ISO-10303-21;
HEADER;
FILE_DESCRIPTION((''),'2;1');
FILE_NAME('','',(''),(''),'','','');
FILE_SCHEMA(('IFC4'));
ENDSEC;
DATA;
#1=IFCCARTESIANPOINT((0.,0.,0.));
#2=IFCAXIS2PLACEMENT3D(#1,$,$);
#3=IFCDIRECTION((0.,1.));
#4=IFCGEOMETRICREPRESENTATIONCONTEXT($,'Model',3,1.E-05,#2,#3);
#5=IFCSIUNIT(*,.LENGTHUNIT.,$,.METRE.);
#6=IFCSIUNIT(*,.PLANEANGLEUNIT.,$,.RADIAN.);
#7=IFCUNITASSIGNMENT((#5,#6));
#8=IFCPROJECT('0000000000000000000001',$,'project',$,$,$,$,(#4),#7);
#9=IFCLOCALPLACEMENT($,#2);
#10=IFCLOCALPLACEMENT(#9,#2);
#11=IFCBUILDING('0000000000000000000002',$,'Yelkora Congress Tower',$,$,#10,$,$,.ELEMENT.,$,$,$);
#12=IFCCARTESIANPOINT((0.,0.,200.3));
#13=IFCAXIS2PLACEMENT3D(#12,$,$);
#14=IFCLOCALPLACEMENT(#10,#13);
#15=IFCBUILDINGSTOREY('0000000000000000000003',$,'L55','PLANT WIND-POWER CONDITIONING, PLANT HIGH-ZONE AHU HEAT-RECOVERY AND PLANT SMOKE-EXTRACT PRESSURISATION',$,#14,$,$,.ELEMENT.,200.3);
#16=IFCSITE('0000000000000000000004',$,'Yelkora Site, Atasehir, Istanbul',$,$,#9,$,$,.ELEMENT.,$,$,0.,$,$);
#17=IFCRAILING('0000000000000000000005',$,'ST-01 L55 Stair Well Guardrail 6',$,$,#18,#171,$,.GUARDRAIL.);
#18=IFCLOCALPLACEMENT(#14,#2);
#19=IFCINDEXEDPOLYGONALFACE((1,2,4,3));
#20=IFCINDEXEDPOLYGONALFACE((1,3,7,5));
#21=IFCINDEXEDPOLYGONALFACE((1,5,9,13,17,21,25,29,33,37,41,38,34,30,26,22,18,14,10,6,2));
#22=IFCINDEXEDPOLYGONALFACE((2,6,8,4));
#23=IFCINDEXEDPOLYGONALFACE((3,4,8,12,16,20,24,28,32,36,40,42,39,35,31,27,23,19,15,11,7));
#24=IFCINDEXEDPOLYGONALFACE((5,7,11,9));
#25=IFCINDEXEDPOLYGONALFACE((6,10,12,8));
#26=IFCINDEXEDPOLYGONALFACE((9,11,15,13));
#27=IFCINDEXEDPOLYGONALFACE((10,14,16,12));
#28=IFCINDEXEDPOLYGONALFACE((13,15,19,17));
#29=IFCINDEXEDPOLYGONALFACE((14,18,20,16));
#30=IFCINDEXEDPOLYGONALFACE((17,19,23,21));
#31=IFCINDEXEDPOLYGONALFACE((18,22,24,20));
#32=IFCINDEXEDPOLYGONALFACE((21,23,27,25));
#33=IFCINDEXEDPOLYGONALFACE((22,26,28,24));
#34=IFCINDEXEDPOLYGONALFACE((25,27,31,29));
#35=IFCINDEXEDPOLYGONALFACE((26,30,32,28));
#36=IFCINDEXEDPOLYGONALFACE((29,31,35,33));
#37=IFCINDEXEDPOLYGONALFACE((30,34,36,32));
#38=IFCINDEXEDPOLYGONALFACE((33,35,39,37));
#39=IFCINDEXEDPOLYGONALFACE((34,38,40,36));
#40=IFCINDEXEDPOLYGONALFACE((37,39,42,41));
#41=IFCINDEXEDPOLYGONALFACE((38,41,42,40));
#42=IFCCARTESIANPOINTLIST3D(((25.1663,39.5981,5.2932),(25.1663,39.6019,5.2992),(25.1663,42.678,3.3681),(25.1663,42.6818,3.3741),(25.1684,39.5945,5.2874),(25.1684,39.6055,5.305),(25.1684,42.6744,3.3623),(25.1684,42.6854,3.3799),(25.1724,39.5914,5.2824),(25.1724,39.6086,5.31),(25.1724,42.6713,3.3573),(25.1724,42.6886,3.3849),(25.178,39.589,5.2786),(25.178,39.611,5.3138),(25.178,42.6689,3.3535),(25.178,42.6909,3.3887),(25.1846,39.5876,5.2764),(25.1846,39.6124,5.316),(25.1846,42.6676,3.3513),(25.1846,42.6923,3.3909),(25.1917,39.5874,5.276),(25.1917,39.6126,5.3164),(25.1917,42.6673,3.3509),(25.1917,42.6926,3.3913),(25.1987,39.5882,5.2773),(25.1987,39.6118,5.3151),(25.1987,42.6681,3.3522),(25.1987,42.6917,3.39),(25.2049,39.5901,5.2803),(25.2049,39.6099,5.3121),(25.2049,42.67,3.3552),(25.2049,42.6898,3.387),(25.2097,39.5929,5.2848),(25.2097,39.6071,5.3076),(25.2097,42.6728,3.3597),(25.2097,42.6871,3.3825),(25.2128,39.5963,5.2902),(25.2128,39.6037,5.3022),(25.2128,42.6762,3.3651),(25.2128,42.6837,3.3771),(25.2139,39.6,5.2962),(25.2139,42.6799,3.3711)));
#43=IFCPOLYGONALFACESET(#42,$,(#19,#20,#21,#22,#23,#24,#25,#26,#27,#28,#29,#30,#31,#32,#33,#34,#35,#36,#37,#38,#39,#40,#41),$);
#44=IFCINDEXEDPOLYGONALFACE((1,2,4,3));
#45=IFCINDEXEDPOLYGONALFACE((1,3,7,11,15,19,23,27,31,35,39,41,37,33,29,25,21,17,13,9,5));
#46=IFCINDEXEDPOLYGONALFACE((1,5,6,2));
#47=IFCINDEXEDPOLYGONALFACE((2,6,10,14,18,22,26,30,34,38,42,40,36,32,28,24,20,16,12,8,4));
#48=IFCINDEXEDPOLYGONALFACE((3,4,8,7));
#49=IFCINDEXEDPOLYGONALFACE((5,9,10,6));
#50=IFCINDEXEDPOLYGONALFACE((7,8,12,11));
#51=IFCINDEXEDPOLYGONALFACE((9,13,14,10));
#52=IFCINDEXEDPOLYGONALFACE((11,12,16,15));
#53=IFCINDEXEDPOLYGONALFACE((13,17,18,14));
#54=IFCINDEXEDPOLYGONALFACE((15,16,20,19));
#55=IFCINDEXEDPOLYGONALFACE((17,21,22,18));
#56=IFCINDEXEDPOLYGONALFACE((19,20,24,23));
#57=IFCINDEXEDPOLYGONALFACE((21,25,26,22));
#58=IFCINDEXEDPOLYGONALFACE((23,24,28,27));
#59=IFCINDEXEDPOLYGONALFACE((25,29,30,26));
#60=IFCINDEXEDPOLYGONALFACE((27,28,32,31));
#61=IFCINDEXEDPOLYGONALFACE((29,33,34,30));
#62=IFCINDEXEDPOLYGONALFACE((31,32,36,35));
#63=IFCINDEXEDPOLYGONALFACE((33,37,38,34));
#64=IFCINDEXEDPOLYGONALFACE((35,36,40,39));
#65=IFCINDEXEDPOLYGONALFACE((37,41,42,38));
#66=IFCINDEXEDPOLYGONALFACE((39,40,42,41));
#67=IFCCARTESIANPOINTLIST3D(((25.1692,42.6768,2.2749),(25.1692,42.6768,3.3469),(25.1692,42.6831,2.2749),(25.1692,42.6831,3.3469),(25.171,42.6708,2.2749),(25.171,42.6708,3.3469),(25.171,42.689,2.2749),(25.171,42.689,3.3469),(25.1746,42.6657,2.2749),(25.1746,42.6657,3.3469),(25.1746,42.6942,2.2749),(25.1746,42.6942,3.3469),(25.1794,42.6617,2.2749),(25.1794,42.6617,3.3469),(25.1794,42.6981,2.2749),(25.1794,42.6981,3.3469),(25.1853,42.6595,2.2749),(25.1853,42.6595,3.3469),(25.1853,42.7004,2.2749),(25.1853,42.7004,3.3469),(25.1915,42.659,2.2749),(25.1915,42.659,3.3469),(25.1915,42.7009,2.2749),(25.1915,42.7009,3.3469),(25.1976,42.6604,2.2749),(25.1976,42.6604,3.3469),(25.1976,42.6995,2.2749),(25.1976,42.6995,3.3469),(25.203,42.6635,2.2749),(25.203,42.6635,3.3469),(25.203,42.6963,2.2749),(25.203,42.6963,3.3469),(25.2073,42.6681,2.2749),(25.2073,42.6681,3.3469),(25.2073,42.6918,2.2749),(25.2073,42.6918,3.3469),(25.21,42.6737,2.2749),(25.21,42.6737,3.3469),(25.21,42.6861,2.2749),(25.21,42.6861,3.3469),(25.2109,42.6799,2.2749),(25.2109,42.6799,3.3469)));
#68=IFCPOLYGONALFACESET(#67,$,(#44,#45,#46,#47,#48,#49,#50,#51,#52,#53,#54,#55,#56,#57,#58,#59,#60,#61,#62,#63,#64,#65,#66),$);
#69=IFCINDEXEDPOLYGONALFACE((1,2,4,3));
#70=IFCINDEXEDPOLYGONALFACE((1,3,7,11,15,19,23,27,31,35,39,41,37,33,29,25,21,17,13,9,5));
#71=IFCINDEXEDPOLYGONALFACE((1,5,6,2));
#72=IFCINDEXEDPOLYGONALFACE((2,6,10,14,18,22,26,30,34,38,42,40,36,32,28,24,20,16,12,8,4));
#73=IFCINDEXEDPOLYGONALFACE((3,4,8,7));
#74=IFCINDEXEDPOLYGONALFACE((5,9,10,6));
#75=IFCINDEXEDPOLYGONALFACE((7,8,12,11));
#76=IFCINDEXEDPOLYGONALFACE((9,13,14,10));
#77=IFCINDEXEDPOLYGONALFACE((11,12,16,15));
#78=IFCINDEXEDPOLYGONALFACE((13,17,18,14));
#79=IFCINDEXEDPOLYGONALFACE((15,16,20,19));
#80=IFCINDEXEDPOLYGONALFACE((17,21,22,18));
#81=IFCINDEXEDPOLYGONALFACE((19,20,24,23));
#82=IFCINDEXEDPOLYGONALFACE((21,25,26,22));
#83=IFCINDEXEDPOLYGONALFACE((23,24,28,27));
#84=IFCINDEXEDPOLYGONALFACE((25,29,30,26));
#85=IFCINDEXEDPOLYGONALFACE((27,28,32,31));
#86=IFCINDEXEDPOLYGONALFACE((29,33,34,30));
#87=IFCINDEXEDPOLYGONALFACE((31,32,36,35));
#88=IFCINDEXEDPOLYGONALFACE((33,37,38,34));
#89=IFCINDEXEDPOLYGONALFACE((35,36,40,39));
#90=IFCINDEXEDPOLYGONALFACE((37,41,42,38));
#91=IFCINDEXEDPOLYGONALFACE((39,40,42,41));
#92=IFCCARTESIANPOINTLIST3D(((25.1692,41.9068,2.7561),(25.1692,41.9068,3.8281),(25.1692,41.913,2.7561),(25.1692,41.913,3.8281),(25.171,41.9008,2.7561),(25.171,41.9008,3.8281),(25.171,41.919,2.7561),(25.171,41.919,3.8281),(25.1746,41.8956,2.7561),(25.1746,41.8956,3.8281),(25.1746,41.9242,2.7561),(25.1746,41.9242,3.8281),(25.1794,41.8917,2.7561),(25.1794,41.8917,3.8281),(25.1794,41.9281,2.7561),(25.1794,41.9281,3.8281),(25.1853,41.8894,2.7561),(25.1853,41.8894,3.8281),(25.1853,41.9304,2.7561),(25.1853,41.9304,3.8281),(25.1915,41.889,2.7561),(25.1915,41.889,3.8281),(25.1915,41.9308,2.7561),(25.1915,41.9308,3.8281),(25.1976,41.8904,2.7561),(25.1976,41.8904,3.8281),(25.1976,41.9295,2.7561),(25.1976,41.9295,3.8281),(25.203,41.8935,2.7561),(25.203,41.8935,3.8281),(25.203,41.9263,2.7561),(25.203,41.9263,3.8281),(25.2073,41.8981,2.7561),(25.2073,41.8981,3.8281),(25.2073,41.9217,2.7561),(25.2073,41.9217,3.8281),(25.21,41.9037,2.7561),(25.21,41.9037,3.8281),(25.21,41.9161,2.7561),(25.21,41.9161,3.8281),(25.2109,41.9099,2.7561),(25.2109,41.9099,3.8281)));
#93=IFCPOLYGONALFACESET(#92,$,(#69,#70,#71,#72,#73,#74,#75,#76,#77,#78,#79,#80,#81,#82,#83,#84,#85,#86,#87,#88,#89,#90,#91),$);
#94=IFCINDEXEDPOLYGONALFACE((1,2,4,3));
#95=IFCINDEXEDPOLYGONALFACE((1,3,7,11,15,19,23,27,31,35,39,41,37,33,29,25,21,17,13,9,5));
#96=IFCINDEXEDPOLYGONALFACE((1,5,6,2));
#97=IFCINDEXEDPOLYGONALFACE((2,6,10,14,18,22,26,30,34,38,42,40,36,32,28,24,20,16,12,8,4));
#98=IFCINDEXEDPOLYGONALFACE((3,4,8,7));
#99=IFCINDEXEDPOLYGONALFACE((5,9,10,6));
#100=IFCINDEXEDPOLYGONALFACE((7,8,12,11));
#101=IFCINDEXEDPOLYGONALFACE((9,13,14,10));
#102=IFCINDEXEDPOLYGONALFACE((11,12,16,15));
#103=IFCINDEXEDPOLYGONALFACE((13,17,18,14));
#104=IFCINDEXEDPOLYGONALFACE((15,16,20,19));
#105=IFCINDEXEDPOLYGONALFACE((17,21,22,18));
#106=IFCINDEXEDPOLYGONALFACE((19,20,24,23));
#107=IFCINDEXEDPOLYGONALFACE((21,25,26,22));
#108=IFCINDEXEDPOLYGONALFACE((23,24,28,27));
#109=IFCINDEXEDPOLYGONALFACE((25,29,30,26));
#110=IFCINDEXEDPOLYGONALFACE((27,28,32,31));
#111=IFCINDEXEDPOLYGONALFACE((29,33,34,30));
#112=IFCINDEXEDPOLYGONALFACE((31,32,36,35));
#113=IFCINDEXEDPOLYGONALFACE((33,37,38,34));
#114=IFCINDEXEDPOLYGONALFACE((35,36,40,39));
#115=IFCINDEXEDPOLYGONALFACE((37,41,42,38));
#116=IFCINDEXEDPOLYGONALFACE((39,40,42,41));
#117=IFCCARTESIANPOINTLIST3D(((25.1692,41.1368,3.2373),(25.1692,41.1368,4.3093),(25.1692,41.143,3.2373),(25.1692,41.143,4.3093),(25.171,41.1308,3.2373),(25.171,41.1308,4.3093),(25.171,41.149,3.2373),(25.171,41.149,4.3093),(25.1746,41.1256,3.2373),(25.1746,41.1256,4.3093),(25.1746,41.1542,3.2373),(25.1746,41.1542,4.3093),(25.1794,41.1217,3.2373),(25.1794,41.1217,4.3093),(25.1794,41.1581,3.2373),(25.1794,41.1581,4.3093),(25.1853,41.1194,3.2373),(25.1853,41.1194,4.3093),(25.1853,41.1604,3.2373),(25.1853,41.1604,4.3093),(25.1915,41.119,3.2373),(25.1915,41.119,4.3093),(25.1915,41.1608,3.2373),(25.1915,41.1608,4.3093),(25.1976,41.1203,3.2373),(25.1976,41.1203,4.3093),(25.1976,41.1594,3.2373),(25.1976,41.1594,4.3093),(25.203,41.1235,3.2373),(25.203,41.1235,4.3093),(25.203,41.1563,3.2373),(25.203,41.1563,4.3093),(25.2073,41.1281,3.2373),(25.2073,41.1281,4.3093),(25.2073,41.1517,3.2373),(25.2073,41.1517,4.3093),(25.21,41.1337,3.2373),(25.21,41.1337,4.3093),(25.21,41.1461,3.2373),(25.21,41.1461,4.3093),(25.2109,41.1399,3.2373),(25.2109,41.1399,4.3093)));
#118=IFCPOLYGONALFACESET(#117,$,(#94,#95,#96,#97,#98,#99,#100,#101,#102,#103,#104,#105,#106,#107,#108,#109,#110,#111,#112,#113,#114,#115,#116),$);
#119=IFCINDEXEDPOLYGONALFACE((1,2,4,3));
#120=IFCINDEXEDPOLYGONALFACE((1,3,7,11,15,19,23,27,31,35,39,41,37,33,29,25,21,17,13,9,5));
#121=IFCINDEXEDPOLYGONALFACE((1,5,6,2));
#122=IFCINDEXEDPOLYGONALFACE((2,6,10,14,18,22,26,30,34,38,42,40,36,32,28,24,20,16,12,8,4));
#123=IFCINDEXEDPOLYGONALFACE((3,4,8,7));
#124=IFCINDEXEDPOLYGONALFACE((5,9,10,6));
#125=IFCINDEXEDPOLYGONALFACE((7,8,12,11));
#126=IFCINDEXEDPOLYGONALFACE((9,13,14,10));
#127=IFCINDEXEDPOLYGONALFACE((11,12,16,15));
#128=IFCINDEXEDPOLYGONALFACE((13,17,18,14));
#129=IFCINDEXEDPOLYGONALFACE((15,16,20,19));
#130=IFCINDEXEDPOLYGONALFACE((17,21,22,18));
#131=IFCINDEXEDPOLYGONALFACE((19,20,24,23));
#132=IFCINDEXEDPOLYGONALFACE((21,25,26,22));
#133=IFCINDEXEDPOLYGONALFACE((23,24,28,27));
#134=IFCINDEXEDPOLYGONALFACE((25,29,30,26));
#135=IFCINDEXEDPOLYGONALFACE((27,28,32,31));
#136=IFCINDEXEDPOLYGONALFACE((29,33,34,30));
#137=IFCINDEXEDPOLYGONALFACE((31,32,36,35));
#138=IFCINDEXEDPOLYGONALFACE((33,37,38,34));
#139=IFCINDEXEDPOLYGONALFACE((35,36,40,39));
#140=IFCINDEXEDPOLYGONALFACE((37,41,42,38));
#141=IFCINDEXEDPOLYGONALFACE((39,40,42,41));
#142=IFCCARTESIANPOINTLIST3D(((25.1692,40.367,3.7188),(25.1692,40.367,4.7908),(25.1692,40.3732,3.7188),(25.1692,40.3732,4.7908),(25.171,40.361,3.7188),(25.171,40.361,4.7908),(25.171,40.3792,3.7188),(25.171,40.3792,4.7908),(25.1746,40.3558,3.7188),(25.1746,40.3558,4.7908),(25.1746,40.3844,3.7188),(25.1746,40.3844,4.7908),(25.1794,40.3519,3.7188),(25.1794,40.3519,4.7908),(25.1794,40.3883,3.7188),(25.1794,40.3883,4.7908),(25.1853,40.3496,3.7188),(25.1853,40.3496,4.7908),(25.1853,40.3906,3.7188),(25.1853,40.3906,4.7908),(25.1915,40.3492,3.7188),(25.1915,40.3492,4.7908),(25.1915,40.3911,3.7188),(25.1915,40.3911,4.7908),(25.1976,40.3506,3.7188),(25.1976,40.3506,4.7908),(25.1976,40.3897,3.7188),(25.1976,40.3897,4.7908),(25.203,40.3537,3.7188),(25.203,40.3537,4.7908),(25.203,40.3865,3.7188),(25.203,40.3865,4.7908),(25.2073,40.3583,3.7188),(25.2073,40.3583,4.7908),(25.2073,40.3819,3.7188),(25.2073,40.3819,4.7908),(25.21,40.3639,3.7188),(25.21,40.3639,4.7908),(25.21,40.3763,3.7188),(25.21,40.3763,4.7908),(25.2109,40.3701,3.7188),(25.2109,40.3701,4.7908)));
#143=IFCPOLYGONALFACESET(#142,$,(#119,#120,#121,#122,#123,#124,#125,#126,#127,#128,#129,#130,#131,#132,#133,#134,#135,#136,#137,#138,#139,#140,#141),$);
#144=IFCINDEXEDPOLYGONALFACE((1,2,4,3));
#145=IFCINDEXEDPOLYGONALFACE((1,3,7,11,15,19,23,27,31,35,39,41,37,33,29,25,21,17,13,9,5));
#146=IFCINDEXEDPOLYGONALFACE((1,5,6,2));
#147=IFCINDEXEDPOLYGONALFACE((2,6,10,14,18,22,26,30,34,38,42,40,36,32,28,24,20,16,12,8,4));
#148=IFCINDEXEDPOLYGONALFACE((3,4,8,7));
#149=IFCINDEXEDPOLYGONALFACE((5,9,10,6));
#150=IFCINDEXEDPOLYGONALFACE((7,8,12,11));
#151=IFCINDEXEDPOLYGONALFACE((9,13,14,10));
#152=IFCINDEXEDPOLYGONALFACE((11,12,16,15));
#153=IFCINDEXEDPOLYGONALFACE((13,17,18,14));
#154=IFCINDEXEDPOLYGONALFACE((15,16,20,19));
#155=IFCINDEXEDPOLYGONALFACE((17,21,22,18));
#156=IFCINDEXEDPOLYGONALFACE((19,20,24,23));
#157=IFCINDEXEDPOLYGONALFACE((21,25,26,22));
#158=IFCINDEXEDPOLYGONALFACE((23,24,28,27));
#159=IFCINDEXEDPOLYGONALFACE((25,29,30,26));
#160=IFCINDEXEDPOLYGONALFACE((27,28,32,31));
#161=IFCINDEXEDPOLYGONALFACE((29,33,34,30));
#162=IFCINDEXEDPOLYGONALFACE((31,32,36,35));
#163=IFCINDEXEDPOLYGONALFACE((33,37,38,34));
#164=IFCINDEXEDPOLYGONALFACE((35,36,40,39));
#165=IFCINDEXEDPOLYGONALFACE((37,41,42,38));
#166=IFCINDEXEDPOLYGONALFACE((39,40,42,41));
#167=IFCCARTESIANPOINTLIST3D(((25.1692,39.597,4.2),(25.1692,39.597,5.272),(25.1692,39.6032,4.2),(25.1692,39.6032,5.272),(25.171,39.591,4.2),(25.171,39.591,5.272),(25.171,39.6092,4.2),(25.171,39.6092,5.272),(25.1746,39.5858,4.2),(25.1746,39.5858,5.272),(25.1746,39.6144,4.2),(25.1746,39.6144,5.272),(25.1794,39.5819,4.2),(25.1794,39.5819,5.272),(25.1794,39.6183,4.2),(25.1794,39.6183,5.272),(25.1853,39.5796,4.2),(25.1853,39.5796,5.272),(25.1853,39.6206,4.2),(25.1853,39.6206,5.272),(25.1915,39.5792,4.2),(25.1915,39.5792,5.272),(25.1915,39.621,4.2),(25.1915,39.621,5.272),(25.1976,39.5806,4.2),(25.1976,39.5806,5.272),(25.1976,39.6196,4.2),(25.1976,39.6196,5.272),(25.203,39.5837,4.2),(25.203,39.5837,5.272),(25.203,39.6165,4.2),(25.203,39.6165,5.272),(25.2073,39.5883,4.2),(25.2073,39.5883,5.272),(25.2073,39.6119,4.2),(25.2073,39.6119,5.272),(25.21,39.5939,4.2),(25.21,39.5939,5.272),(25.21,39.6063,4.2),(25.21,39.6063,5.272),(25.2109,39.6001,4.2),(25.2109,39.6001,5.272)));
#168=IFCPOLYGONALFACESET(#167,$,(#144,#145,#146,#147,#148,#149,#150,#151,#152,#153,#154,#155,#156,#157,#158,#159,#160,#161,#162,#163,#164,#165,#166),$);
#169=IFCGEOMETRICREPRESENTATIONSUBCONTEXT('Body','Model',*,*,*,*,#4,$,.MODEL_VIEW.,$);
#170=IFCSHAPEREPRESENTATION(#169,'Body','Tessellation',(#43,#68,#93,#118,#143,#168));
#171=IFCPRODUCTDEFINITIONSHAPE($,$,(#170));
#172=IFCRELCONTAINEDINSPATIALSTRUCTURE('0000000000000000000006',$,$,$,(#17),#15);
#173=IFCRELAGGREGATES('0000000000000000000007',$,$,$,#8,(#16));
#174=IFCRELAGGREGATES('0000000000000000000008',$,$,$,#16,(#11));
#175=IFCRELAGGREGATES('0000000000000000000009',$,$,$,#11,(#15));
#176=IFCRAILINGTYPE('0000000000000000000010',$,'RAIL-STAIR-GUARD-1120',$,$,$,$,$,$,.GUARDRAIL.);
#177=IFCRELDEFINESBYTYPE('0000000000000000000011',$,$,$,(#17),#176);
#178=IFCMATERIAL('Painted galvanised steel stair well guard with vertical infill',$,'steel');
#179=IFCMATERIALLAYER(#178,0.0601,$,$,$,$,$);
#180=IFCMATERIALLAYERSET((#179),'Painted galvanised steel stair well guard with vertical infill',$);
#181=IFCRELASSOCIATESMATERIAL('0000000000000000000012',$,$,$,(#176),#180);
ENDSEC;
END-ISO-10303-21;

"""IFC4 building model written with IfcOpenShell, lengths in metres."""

from ifc_helpers import new_model, si_unit, direction, frame, origin, origin_2d, place, context, subcontext, project, spatial, circle, extrude, material, layer, layer_set, type_object, element, save


model = new_model("IFC4")

# Units and contexts
model_context = context("Model", 3, precision=1e-05, world=origin(), true_north=direction((0.0, 1.0)))
body_context = subcontext(model_context, "Body", "Model", "MODEL_VIEW")
ifc_project = project(units=[si_unit("LENGTHUNIT", "METRE"), si_unit("PLANEANGLEUNIT", "RADIAN")], contexts=[model_context])

# Site, building, storey
site_placement = place(None, origin())
site = spatial("IfcSite", under=ifc_project, at=site_placement, Name="Yelkora Site, Atasehir, Istanbul", CompositionType="ELEMENT", RefElevation=0.0)
building_placement = place(site_placement, origin())
building = spatial("IfcBuilding", under=site, at=building_placement, Name="Yelkora Congress Tower", CompositionType="ELEMENT")
storey_placement = place(building_placement, frame((0.0, 0.0, 200.3)))
storey = spatial("IfcBuildingStorey", under=building, at=storey_placement, Name="L55", Description="PLANT WIND-POWER CONDITIONING, PLANT HIGH-ZONE AHU HEAT-RECOVERY AND PLANT SMOKE-EXTRACT PRESSURISATION", CompositionType="ELEMENT", Elevation=200.3)

# Railing
ifc_material_1 = material(Name="Painted galvanised steel stair well guard with vertical infill", Category="steel")
ifc_layer_1 = layer(ifc_material_1, 0.0601)
ifc_layer_set_1 = layer_set([ifc_layer_1], Name="Painted galvanised steel stair well guard with vertical infill")
railing_type_1 = type_object("IfcRailingType", Name="RAIL-STAIR-GUARD-1120", PredefinedType="GUARDRAIL", material=ifc_layer_set_1)
railing_1_placement = place(storey_placement, frame((25.1899, 42.6799, 2.2749)))
element("IfcRailing", 1, at=railing_1_placement, inside=storey, type_object=railing_type_1, Name="ST-01 L55 Stair Well Guardrail 6", PredefinedType="GUARDRAIL", context=body_context, shape_type="SweptSolid", body=[
    extrude(circle(Radius=0.0239, at=origin_2d()), frame((0.0, 0.0, 1.0962), z_axis=(0.0, -0.847979, 0.530029), x_axis=(1.0, 0.0, 0.0)), (0.0, 0.0, 1.0), 3.6321),
    extrude(circle(Radius=0.021, at=origin_2d()), origin(), (0.0, 0.0, 1.0), 1.072),
    extrude(circle(Radius=0.021, at=origin_2d()), frame((0.0, -0.77, 0.4812)), (0.0, 0.0, 1.0), 1.072),
    extrude(circle(Radius=0.021, at=origin_2d()), frame((0.0, -1.54, 0.9624)), (0.0, 0.0, 1.0), 1.072),
    extrude(circle(Radius=0.021, at=origin_2d()), frame((0.0, -2.3098, 1.4438)), (0.0, 0.0, 1.0), 1.072),
    extrude(circle(Radius=0.021, at=origin_2d()), frame((0.0, -3.0798, 1.925)), (0.0, 0.0, 1.0), 1.072),
])

save(model, "model.ifc")
